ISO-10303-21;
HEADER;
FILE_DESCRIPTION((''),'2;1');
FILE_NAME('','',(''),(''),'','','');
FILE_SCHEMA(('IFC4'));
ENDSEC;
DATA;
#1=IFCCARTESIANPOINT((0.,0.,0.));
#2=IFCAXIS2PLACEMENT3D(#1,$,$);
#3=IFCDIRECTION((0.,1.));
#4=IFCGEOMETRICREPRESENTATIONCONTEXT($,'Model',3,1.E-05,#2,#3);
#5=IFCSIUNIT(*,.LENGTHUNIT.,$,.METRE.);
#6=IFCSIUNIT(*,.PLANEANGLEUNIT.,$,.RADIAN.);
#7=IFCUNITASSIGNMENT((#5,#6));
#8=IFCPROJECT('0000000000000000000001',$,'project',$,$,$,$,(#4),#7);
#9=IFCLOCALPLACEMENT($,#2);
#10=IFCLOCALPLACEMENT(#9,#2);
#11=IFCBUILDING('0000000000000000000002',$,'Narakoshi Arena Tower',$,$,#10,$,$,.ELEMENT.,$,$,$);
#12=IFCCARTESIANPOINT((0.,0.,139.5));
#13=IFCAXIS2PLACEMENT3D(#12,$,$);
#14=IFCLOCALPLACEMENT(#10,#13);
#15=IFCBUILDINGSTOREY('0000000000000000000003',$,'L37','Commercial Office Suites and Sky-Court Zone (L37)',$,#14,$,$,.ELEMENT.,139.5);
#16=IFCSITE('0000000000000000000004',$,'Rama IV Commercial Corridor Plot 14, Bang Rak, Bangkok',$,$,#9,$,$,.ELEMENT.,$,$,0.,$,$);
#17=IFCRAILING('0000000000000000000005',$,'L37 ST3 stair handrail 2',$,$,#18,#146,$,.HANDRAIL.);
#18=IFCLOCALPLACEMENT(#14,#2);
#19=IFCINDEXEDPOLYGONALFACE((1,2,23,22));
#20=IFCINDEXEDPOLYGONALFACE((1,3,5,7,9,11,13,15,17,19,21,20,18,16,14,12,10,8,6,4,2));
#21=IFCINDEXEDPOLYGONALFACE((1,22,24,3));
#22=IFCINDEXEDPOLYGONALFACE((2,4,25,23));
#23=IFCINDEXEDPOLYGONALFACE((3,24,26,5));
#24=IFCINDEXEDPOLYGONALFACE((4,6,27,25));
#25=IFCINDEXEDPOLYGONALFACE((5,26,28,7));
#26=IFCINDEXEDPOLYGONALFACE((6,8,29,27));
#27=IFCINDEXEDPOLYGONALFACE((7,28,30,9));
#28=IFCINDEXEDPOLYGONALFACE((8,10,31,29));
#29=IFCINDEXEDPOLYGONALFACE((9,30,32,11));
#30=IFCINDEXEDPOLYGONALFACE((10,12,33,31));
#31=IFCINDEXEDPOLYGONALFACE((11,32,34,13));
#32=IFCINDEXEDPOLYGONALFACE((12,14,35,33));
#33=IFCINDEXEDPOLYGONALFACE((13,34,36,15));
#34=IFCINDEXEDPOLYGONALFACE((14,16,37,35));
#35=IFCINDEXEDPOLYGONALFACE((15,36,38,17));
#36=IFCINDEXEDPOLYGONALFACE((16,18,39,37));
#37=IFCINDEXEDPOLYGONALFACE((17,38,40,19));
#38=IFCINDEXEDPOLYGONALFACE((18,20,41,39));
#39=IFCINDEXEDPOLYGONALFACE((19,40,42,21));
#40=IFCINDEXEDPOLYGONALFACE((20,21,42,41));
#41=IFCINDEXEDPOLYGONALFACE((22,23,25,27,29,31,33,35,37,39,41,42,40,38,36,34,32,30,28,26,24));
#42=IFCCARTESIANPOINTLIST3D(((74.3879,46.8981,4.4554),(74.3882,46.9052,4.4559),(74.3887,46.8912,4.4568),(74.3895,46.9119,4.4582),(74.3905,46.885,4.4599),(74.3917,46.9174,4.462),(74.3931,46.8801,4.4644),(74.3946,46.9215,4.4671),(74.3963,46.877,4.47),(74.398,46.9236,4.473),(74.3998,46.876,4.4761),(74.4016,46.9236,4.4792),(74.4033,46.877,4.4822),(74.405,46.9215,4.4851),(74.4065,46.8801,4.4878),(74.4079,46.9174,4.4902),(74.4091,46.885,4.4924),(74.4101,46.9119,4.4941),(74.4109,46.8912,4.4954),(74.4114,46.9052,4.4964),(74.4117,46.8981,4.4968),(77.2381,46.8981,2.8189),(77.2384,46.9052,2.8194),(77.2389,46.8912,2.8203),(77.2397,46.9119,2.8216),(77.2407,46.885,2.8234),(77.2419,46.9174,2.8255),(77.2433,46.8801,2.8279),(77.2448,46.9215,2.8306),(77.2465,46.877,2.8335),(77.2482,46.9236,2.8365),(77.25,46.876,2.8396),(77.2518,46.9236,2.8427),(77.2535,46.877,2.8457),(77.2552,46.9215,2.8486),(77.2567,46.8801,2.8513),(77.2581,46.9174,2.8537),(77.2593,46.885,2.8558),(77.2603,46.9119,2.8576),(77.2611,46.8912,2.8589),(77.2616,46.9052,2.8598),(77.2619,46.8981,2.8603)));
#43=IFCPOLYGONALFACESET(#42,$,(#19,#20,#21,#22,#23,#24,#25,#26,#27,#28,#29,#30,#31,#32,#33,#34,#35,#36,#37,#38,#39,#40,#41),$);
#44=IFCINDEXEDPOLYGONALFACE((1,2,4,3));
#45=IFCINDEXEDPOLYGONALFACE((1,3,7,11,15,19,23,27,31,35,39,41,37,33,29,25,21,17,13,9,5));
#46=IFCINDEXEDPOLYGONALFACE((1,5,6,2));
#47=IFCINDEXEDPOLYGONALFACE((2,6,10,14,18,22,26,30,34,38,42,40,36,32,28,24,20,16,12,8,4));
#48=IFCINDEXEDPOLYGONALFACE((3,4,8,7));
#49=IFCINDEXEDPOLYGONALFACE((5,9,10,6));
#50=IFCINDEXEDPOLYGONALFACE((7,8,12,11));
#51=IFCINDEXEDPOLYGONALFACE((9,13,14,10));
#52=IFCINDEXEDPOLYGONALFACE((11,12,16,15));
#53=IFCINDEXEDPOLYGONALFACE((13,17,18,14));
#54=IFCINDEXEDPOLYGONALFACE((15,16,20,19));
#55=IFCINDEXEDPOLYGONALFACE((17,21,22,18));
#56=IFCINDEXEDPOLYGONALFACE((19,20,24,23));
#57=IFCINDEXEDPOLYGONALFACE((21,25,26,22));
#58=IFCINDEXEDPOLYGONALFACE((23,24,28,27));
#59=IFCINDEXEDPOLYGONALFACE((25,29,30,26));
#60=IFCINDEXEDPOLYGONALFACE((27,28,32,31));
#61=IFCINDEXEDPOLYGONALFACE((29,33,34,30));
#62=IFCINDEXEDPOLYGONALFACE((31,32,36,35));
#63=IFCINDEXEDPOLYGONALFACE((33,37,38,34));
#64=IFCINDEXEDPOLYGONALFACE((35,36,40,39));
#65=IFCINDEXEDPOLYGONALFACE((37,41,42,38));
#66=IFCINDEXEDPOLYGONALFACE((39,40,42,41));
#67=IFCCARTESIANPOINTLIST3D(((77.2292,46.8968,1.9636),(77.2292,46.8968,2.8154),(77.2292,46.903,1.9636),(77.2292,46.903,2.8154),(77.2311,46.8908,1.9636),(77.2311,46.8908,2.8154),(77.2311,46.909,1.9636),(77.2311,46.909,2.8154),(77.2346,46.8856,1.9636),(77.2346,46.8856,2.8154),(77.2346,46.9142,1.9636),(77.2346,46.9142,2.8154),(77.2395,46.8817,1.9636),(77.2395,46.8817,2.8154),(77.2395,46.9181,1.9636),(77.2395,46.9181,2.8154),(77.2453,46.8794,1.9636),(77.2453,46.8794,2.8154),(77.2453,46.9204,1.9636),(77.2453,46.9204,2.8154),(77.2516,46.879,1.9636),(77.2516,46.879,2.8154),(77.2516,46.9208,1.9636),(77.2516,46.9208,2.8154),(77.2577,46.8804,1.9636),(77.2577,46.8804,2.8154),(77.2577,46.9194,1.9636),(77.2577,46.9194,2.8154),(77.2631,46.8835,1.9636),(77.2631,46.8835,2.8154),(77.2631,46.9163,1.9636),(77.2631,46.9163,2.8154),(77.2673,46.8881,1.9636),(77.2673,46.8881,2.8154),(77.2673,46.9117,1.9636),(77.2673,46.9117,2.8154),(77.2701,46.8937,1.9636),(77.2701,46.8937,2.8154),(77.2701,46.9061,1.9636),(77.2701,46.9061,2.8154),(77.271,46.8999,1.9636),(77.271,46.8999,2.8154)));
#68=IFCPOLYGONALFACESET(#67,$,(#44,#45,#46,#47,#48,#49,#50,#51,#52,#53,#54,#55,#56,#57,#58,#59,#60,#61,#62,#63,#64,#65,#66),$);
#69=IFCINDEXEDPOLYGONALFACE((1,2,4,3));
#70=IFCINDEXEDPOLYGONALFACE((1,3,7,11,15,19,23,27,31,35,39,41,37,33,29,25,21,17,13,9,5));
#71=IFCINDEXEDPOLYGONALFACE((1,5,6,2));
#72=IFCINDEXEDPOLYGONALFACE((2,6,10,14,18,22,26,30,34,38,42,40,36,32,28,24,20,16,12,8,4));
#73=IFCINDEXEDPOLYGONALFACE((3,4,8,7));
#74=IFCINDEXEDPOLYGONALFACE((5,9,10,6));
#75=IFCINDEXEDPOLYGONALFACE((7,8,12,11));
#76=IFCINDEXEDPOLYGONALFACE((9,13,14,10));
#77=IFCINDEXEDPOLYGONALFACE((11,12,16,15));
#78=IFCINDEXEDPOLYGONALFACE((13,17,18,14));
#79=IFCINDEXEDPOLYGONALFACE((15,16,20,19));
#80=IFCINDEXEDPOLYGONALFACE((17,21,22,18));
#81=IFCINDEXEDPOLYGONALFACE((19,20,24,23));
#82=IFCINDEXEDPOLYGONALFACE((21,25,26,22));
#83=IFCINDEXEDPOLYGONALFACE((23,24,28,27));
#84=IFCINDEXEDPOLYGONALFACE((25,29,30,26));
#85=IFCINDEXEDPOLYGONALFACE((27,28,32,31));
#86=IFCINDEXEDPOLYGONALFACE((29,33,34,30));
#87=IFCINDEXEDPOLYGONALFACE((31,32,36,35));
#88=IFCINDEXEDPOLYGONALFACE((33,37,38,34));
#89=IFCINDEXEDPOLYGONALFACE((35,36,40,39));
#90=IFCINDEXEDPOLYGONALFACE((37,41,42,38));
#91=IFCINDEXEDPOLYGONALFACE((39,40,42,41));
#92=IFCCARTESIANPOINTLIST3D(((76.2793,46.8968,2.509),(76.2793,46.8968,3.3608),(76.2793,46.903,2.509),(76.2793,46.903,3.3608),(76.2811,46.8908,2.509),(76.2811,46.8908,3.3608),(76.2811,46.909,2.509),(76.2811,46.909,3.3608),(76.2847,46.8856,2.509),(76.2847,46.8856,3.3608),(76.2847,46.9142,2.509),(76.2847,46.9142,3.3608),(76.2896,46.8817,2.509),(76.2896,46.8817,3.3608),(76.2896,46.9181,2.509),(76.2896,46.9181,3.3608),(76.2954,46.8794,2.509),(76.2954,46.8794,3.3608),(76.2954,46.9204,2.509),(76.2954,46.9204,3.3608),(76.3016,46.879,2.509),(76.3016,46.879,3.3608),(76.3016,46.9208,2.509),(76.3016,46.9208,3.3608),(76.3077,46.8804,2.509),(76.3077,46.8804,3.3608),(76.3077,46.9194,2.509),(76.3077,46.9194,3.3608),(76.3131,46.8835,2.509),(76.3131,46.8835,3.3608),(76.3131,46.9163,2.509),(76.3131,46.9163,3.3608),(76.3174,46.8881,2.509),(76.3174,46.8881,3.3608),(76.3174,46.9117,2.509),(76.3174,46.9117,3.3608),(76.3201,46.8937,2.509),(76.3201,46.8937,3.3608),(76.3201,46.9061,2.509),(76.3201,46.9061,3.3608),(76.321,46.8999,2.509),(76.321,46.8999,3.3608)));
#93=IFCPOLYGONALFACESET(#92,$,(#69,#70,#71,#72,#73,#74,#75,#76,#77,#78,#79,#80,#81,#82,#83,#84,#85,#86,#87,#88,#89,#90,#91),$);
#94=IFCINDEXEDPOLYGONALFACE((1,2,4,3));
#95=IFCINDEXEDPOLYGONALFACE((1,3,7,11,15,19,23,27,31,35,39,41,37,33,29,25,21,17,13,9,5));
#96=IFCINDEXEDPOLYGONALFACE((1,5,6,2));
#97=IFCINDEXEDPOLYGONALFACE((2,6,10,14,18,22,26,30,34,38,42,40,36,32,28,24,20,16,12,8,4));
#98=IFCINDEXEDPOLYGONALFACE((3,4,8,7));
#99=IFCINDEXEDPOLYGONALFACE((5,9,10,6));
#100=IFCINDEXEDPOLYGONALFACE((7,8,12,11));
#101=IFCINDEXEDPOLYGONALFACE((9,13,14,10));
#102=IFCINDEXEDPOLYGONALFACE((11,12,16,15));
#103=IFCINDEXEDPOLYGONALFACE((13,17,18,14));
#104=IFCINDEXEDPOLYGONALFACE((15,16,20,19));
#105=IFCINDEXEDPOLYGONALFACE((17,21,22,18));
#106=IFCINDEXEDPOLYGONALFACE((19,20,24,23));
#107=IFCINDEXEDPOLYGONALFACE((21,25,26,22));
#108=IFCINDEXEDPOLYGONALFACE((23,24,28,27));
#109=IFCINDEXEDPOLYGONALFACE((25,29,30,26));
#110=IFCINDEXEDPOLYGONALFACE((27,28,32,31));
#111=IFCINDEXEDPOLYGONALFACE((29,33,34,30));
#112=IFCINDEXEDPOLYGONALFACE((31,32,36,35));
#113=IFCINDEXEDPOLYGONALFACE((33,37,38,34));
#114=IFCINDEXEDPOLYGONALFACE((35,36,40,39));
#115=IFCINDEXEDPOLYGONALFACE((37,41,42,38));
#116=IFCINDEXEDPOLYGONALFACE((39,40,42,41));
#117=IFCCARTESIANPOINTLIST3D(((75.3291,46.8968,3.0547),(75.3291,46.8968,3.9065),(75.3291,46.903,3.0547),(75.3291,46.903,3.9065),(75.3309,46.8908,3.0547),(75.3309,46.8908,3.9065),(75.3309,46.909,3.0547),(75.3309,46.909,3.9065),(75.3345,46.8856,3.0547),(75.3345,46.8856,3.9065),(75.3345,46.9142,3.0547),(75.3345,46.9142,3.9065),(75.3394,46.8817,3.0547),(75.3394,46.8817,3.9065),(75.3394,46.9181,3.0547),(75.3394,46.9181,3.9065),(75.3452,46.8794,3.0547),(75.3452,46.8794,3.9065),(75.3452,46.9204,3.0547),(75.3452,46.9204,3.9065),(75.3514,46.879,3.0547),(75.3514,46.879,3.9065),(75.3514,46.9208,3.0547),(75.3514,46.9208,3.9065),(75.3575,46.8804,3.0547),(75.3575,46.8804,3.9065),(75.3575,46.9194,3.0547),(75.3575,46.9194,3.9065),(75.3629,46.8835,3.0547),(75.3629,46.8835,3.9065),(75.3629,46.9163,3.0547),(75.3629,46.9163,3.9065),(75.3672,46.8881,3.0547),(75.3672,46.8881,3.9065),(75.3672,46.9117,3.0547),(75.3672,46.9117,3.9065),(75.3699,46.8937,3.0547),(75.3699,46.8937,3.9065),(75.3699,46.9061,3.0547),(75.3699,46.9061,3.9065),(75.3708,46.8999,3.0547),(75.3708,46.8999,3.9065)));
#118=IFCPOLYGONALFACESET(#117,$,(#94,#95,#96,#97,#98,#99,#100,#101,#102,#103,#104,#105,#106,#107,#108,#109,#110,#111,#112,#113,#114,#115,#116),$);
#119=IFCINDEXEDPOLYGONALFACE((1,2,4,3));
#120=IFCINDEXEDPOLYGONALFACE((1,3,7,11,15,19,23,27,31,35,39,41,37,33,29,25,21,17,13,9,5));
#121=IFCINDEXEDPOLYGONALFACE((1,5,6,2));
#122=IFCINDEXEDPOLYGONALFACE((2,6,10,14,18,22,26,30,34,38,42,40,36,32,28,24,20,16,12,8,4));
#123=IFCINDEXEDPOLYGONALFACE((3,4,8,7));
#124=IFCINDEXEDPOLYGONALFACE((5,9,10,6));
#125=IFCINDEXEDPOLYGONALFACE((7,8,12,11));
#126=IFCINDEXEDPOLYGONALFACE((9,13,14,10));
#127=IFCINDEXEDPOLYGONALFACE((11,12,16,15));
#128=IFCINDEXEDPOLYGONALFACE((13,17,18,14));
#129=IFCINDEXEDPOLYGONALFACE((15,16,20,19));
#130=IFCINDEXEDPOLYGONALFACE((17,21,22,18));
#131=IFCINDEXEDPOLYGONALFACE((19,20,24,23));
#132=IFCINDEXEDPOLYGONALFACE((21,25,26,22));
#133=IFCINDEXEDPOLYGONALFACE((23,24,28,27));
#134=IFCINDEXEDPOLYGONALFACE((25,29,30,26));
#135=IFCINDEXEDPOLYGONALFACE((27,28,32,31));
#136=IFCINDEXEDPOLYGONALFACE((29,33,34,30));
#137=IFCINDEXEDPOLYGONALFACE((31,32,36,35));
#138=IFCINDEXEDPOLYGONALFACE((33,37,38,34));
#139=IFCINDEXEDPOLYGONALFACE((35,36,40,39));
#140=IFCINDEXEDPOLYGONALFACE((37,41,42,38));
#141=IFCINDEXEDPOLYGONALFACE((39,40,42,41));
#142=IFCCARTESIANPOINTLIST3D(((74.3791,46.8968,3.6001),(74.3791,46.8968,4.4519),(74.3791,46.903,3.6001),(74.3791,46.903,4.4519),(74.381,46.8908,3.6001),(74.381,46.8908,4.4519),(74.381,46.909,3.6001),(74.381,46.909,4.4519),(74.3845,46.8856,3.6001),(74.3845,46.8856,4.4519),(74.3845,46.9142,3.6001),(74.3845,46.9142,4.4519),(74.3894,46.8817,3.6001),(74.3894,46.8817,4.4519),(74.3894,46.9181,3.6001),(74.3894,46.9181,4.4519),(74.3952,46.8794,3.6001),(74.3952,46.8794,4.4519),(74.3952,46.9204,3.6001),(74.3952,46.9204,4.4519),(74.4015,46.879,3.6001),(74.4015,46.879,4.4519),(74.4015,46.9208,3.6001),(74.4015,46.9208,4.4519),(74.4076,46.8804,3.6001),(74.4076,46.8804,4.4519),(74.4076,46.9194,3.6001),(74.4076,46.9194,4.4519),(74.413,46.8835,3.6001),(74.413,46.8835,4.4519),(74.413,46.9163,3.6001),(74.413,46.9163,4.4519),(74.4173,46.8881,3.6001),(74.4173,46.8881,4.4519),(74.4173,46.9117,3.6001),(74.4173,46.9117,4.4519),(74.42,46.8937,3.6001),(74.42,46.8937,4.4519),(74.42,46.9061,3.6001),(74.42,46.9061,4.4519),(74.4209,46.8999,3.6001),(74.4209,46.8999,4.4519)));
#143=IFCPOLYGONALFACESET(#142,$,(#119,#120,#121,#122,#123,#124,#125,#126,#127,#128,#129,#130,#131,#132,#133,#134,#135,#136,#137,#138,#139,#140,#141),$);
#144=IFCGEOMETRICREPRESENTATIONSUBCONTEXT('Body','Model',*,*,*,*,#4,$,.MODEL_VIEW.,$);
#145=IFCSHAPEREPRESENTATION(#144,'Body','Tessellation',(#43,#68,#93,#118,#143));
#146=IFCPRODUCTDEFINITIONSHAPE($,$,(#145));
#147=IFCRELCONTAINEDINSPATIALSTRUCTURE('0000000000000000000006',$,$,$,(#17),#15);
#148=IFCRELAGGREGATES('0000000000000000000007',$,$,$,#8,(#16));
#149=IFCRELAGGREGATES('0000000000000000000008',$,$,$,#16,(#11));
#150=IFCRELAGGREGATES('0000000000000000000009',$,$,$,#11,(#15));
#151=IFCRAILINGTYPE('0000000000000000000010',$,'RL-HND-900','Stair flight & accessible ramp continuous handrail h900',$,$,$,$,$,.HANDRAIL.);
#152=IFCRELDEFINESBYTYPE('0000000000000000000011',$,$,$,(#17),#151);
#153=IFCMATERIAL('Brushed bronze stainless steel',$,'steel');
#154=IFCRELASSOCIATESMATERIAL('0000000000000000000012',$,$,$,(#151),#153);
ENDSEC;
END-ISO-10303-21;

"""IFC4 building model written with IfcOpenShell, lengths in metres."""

from ifc_helpers import new_model, si_unit, direction, frame, origin, origin_2d, place, context, subcontext, project, spatial, circle, extrude, material, type_object, element, save


model = new_model("IFC4")

# Units and contexts
model_context = context("Model", 3, precision=1e-05, world=origin(), true_north=direction((0.0, 1.0)))
body_context = subcontext(model_context, "Body", "Model", "MODEL_VIEW")
ifc_project = project(units=[si_unit("LENGTHUNIT", "METRE"), si_unit("PLANEANGLEUNIT", "RADIAN")], contexts=[model_context])

# Site, building, storey
site_placement = place(None, origin())
site = spatial("IfcSite", under=ifc_project, at=site_placement, Name="Rama IV Commercial Corridor Plot 14, Bang Rak, Bangkok", CompositionType="ELEMENT", RefElevation=0.0)
building_placement = place(site_placement, origin())
building = spatial("IfcBuilding", under=site, at=building_placement, Name="Narakoshi Arena Tower", CompositionType="ELEMENT")
storey_placement = place(building_placement, frame((0.0, 0.0, 139.5)))
storey = spatial("IfcBuildingStorey", under=building, at=storey_placement, Name="L37", Description="Commercial Office Suites and Sky-Court Zone (L37)", CompositionType="ELEMENT", Elevation=139.5)

# Shared definitions
ifc_material_1 = material(Name="Brushed bronze stainless steel", Category="steel")

# Railing
railing_type_1 = type_object("IfcRailingType", Name="RL-HND-900", Description="Stair flight & accessible ramp continuous handrail h900", PredefinedType="HANDRAIL", material=ifc_material_1)
railing_1_placement = place(storey_placement, frame((77.25, 46.8999, 1.9636)))
element("IfcRailing", 1, at=railing_1_placement, inside=storey, type_object=railing_type_1, Name="L37 ST3 stair handrail 2", PredefinedType="HANDRAIL", context=body_context, shape_type="SweptSolid", body=[
    extrude(circle(Radius=0.0239, at=origin_2d()), frame((0.0, 0.0, 0.876), z_axis=(-0.867213, 0.0, 0.497938), x_axis=(0.0, -1.0, 0.0)), (0.0, 0.0, 1.0), 3.2866),
    extrude(circle(Radius=0.021, at=origin_2d()), origin(), (0.0, 0.0, 1.0), 0.8518),
    extrude(circle(Radius=0.021, at=origin_2d()), frame((-0.95, 0.0, 0.5454)), (0.0, 0.0, 1.0), 0.8518),
    extrude(circle(Radius=0.021, at=origin_2d()), frame((-1.9001, 0.0, 1.0911)), (0.0, 0.0, 1.0), 0.8518),
    extrude(circle(Radius=0.021, at=origin_2d()), frame((-2.8501, 0.0, 1.6365)), (0.0, 0.0, 1.0), 0.8518),
])

save(model, "model.ifc")
